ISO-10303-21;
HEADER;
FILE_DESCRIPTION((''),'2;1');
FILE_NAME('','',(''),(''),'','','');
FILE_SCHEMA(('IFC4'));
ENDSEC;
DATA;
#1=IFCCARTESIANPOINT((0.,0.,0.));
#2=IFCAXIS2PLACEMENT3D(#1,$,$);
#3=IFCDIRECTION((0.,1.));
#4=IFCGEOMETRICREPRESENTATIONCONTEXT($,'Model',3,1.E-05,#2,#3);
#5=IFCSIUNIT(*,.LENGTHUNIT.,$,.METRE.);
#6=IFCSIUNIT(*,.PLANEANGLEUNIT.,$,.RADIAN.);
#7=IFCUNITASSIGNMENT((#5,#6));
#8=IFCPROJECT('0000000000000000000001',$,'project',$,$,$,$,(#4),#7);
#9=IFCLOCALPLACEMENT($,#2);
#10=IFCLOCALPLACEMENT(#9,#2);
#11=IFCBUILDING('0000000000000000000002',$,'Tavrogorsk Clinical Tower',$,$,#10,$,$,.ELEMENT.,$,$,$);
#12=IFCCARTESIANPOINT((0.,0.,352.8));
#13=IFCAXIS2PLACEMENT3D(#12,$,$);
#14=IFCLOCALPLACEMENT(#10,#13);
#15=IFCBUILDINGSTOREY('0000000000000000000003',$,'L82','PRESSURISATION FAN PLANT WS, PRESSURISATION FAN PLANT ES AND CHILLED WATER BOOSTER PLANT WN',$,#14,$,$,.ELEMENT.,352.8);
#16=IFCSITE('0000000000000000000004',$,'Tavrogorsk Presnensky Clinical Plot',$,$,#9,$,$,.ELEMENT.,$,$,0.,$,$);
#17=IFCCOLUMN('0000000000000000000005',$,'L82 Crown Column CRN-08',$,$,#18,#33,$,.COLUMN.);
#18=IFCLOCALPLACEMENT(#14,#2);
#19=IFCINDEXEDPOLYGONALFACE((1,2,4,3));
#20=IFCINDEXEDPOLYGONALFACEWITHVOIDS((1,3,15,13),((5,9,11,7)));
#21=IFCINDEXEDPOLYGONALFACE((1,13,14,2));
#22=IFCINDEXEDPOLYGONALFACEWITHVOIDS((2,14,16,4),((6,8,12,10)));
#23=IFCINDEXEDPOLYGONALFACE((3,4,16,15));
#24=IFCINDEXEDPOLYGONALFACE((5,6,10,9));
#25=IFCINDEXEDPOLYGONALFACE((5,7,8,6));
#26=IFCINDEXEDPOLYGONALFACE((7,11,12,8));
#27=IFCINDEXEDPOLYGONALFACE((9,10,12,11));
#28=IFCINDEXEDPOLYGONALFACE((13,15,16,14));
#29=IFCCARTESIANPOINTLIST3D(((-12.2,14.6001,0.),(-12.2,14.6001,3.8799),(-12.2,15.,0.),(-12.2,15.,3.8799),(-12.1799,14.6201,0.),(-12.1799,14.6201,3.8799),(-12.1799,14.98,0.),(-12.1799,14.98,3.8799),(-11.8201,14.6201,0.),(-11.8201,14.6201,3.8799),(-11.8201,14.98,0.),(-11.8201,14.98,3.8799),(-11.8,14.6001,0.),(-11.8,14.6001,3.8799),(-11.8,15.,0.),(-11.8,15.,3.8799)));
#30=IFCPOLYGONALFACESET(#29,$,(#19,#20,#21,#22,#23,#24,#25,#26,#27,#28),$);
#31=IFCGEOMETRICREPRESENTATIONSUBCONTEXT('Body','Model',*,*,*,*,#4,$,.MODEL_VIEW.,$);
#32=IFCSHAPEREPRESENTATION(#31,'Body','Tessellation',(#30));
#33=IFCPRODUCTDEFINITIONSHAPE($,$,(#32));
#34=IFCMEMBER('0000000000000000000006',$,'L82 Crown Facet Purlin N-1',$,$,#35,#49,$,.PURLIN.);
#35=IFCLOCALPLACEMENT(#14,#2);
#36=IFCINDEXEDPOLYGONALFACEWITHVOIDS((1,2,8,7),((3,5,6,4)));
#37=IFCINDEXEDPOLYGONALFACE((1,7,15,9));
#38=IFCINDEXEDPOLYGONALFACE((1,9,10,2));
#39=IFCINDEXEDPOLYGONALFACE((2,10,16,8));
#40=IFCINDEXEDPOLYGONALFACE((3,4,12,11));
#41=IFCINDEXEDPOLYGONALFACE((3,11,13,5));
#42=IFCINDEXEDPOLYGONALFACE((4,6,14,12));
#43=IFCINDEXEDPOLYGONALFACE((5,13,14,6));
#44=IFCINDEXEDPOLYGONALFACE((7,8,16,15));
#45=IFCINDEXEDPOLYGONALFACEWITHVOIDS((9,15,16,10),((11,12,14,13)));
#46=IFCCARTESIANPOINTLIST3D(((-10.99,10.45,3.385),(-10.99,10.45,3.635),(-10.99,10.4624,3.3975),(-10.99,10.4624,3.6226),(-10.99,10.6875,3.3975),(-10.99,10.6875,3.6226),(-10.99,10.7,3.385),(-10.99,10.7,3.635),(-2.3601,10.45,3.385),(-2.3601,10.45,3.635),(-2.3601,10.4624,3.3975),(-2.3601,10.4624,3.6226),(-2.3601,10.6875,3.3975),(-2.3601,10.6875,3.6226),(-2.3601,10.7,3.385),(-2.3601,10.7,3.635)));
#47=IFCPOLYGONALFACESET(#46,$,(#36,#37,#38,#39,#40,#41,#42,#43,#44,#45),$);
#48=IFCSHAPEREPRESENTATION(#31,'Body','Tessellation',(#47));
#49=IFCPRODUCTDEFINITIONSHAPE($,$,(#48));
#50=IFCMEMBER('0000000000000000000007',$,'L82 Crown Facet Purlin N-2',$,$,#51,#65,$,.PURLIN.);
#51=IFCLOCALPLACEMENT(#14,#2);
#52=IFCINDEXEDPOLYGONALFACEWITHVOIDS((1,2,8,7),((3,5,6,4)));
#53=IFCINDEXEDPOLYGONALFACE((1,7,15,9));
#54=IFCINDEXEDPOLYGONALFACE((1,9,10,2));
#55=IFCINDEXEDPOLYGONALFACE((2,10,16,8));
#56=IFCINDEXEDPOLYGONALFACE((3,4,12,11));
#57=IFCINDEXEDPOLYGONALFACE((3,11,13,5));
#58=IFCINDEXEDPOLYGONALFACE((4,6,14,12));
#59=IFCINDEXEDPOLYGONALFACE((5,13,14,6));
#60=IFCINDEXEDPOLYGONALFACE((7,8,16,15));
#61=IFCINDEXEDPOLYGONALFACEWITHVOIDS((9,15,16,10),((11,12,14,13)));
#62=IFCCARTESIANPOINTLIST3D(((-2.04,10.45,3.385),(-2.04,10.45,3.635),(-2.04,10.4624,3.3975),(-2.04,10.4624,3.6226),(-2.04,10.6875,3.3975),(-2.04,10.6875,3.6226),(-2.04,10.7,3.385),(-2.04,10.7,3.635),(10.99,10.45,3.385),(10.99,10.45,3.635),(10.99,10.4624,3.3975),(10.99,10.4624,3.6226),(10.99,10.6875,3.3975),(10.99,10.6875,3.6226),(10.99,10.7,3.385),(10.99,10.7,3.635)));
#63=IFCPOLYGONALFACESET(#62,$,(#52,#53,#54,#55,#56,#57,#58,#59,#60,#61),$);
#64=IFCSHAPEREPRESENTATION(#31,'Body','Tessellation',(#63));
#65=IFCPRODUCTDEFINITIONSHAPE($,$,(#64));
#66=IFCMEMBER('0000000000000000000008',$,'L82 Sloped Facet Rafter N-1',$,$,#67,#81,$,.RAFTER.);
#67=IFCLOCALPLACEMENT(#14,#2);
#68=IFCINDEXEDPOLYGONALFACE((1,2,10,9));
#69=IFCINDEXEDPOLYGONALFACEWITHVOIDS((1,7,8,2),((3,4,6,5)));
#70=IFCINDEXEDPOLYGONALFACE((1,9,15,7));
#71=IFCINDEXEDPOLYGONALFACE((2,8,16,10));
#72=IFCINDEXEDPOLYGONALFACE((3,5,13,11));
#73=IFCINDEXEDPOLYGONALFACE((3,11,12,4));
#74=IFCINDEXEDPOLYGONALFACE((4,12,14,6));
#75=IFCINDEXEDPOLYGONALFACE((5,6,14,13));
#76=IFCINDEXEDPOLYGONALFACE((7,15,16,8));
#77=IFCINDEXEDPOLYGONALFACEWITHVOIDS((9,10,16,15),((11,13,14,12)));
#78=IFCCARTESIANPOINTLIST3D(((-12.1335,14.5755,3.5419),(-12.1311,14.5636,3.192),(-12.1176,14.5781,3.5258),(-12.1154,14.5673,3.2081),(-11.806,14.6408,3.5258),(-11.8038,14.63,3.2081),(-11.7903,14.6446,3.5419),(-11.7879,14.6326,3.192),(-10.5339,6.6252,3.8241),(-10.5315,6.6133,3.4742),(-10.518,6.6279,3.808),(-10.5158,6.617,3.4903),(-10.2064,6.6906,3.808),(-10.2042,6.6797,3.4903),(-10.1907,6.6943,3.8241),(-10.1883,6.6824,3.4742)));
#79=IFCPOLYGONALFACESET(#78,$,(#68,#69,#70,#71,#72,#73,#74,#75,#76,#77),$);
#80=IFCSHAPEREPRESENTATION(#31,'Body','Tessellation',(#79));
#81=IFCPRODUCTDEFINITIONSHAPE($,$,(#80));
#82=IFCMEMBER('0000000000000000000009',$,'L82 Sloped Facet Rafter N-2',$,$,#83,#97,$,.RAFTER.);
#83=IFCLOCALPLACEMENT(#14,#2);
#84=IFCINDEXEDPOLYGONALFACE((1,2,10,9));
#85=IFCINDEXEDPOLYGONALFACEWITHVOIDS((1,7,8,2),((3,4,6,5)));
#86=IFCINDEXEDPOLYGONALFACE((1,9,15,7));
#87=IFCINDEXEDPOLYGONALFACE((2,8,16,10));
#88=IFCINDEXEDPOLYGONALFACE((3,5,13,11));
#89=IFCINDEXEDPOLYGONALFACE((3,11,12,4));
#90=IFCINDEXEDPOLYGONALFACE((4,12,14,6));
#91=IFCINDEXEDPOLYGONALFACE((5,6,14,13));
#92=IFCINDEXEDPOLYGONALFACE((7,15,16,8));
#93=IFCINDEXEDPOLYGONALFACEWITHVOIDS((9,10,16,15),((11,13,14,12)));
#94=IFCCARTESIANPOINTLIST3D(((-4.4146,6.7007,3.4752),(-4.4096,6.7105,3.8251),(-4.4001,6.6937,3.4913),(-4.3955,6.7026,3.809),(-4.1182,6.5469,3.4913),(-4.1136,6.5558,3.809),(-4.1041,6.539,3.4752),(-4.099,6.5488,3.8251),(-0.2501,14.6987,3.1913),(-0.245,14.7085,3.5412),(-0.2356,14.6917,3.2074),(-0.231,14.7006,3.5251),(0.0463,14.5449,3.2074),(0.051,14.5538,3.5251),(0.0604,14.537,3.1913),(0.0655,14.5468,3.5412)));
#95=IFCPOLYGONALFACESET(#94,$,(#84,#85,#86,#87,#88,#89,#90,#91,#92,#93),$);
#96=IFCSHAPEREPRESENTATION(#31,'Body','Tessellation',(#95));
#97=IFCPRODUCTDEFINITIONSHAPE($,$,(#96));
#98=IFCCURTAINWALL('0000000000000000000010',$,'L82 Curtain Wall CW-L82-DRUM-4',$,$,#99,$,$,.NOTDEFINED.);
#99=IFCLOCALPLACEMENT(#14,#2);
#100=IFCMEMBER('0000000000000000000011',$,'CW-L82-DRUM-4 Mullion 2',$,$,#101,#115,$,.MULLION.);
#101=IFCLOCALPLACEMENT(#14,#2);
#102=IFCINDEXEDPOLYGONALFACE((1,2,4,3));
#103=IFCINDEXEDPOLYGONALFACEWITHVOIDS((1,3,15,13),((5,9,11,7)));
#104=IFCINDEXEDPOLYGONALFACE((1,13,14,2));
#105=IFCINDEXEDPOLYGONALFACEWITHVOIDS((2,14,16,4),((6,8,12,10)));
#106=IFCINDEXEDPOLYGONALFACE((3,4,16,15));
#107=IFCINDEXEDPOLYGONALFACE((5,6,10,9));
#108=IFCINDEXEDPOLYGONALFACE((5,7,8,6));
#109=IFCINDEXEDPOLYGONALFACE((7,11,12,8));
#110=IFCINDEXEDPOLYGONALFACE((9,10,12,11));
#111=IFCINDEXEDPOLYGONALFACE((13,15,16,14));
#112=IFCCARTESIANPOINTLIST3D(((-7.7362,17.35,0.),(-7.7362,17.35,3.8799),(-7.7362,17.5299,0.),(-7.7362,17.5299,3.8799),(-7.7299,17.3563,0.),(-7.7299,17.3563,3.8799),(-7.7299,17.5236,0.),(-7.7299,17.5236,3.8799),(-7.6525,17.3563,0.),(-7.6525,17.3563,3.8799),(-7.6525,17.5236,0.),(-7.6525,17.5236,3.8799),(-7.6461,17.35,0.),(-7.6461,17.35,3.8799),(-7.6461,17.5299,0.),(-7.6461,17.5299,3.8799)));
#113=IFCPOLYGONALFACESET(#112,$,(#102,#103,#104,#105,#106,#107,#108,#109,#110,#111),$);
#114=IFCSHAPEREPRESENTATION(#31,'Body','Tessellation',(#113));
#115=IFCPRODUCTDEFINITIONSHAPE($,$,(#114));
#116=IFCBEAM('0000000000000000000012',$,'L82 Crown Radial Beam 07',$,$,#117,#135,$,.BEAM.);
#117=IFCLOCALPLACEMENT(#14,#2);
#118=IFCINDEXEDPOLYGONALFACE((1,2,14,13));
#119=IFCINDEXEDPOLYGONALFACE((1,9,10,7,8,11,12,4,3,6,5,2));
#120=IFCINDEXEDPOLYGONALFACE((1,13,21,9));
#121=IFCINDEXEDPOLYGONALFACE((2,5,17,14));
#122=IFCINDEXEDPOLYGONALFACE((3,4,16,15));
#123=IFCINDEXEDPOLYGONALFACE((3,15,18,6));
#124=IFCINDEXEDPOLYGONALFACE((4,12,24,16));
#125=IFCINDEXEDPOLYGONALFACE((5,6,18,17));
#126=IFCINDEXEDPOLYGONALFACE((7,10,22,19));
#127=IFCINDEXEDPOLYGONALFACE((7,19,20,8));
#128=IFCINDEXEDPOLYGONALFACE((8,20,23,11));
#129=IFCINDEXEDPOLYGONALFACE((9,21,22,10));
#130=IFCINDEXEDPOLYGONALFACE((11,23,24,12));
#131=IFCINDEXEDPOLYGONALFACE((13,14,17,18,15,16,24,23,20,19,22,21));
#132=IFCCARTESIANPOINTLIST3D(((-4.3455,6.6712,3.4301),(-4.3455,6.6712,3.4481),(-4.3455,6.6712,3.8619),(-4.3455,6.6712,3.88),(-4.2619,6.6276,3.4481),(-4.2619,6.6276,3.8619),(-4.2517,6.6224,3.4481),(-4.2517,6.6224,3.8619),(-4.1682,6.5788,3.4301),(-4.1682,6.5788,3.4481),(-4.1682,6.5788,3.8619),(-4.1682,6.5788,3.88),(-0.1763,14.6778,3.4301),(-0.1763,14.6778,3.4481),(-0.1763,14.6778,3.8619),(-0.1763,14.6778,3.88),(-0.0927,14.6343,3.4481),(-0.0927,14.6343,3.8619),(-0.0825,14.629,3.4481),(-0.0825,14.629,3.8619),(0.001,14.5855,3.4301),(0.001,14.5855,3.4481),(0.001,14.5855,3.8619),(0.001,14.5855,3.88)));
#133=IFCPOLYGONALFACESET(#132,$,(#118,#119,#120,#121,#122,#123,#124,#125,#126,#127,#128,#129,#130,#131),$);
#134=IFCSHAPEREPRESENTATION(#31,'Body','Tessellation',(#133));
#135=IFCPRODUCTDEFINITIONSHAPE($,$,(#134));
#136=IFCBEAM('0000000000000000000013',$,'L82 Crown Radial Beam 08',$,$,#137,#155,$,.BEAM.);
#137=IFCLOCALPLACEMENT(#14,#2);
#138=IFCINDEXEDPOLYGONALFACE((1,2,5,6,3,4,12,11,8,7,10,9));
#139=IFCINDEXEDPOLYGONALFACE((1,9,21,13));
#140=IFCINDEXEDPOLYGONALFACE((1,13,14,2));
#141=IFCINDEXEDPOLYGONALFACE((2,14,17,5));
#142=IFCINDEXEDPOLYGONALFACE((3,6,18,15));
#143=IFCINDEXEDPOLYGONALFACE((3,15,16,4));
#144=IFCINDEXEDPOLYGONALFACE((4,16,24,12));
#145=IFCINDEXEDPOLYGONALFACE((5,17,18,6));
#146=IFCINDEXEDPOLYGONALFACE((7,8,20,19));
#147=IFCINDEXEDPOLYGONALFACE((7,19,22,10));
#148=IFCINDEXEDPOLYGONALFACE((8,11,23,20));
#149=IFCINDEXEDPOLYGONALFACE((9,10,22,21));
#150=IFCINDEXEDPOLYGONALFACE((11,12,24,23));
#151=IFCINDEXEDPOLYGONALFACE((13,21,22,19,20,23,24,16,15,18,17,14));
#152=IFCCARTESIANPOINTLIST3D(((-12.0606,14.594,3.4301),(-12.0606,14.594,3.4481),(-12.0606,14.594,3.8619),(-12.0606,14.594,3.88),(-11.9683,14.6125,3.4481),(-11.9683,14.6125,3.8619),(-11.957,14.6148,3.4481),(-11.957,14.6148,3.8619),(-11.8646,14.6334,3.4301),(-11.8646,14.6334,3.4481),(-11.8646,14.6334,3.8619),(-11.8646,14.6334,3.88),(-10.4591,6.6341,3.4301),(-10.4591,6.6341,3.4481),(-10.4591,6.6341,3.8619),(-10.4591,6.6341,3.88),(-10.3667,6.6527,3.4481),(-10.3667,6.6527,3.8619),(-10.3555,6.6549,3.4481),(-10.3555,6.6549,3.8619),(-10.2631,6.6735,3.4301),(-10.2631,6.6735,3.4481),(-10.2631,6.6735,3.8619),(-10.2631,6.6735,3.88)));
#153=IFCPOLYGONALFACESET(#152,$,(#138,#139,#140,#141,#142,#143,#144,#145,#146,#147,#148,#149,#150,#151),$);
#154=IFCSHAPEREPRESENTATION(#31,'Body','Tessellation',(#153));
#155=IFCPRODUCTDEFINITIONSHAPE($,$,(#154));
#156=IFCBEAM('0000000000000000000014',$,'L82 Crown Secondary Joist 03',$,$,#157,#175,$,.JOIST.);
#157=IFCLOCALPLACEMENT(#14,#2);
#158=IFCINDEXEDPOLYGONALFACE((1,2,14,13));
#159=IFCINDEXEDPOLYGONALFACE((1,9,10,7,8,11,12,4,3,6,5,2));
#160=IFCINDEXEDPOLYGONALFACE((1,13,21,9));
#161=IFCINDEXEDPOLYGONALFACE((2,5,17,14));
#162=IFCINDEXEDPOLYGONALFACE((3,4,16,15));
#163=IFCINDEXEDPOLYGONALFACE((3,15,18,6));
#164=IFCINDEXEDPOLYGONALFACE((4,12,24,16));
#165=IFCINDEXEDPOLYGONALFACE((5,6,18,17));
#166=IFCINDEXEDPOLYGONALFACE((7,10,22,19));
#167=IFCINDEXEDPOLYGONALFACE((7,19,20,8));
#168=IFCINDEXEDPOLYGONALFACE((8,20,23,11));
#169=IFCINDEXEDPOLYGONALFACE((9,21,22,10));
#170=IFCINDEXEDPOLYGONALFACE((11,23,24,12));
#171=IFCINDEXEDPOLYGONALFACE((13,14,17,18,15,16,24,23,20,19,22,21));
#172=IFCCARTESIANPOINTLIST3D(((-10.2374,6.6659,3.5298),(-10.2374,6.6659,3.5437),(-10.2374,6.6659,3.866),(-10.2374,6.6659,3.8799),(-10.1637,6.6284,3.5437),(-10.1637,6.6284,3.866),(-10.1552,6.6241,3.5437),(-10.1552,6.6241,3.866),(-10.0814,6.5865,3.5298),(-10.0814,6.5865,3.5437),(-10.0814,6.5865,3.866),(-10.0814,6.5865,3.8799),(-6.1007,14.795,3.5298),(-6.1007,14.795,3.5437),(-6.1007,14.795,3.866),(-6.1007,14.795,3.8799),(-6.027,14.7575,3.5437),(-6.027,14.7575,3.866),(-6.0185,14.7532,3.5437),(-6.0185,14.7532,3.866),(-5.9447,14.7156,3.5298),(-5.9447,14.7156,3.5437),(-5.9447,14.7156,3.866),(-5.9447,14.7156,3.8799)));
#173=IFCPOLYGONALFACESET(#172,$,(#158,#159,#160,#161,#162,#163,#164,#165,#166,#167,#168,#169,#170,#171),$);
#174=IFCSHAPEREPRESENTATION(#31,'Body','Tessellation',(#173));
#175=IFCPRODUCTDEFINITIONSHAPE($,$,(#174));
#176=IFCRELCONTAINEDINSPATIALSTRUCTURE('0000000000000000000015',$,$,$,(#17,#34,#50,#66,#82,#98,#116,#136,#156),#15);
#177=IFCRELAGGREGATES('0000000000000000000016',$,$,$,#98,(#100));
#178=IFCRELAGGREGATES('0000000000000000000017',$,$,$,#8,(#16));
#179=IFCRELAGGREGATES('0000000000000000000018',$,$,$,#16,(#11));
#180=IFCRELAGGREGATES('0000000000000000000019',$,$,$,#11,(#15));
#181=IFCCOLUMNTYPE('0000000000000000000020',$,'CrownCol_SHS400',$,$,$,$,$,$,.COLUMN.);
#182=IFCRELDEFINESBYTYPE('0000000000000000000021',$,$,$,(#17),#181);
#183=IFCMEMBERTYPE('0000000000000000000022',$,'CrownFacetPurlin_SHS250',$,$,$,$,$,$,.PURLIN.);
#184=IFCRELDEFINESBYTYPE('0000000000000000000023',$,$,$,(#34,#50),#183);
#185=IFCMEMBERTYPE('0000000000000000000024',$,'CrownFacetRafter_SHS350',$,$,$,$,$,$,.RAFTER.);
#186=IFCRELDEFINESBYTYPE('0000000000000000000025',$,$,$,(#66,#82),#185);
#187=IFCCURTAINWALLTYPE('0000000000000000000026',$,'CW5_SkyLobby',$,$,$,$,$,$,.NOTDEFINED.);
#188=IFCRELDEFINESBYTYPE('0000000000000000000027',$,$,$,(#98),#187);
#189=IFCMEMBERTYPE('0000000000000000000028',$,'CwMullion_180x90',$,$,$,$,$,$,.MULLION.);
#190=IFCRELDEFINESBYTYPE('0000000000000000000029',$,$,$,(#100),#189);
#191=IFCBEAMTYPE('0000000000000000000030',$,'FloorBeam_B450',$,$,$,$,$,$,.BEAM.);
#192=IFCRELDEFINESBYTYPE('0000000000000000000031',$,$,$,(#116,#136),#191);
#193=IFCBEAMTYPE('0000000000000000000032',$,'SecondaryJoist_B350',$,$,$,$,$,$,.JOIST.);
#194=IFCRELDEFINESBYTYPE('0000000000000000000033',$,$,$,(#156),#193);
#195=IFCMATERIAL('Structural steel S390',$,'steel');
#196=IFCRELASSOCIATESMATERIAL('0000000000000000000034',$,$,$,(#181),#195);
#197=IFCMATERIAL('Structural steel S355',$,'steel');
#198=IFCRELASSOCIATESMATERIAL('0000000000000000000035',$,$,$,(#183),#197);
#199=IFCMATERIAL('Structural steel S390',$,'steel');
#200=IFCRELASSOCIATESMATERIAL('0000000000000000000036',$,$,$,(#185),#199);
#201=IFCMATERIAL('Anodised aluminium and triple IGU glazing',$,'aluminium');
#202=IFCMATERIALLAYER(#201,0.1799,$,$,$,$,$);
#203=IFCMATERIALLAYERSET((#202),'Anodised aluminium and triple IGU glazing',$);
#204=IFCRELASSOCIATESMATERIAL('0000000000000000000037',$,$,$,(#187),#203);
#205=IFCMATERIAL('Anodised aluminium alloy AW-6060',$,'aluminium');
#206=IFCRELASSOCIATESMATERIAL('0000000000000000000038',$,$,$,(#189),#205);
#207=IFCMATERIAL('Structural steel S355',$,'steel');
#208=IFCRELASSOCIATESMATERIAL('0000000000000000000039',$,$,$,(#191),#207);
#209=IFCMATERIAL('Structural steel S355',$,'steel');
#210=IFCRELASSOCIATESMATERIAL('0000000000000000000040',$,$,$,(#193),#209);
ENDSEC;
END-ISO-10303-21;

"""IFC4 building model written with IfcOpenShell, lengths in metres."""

from ifc_helpers import new_model, si_unit, direction, frame, origin, origin_2d, place, context, subcontext, project, spatial, hollow_rectangle, i_section, extrude, material, layer, layer_set, material_profile, profile_set, type_object, element, aggregate, save


model = new_model("IFC4")

# Units and contexts
model_context = context("Model", 3, precision=1e-05, world=origin(), true_north=direction((0.0, 1.0)))
body_context = subcontext(model_context, "Body", "Model", "MODEL_VIEW")
ifc_project = project(units=[si_unit("LENGTHUNIT", "METRE"), si_unit("PLANEANGLEUNIT", "RADIAN")], contexts=[model_context])

# Site, building, storey
site_placement = place(None, origin())
site = spatial("IfcSite", under=ifc_project, at=site_placement, Name="Tavrogorsk Presnensky Clinical Plot", CompositionType="ELEMENT", RefElevation=0.0)
building_placement = place(site_placement, origin())
building = spatial("IfcBuilding", under=site, at=building_placement, Name="Tavrogorsk Clinical Tower", CompositionType="ELEMENT")
storey_placement = place(building_placement, frame((0.0, 0.0, 352.8)))
storey = spatial("IfcBuildingStorey", under=building, at=storey_placement, Name="L82", Description="PRESSURISATION FAN PLANT WS, PRESSURISATION FAN PLANT ES AND CHILLED WATER BOOSTER PLANT WN", CompositionType="ELEMENT", Elevation=352.8)

# Column
ifc_material_1 = material(Name="Structural steel S390", Category="steel")
ifc_material_profile_1 = material_profile(ifc_material_1, hollow_rectangle(XDim=0.3999, YDim=0.3999, WallThickness=0.02, at=origin_2d()), Name="SHS-400x400x20")
ifc_profile_set_1 = profile_set([ifc_material_profile_1], Name="Structural steel S390")
column_type = type_object("IfcColumnType", Name="CrownCol_SHS400", PredefinedType="COLUMN", material=ifc_profile_set_1)
column_placement = place(storey_placement, frame((-12.0, 14.8, 0.0), z_axis=(0.0, 0.0, 1.0), x_axis=(1.0, 0.0, 0.0)))
element("IfcColumn", 1, at=column_placement, inside=storey, type_object=column_type, Name="L82 Crown Column CRN-08", PredefinedType="COLUMN", context=body_context, shape_type="SweptSolid", body=[
    extrude(hollow_rectangle(XDim=0.3999, YDim=0.3999, WallThickness=0.02, at=origin_2d()), origin(), (0.0, 0.0, 1.0), 3.8799),
])

# Members
ifc_material_2 = material(Name="Structural steel S355", Category="steel")
ifc_material_profile_2 = material_profile(ifc_material_2, hollow_rectangle(XDim=0.25, YDim=0.25, WallThickness=0.0125, at=origin_2d()), Name="SHS-250x250x12.5")
ifc_profile_set_2 = profile_set([ifc_material_profile_2], Name="Structural steel S355")
member_type_1 = type_object("IfcMemberType", Name="CrownFacetPurlin_SHS250", PredefinedType="PURLIN", material=ifc_profile_set_2)
member_1_placement = place(storey_placement, frame((-10.99, 10.575, 3.51), z_axis=(1.0, 0.0, 0.0), x_axis=(0.0, 1.0, 0.0)))
element("IfcMember", 2, at=member_1_placement, inside=storey, type_object=member_type_1, Name="L82 Crown Facet Purlin N-1", PredefinedType="PURLIN", context=body_context, shape_type="SweptSolid", body=[
    extrude(hollow_rectangle(XDim=0.25, YDim=0.25, WallThickness=0.0125, at=origin_2d()), origin(), (0.0, 0.0, 1.0), 8.6299),
])
member_2_placement = place(storey_placement, frame((-2.04, 10.575, 3.51), z_axis=(1.0, 0.0, 0.0), x_axis=(0.0, 1.0, 0.0)))
element("IfcMember", 3, at=member_2_placement, inside=storey, type_object=member_type_1, Name="L82 Crown Facet Purlin N-2", PredefinedType="PURLIN", context=body_context, shape_type="SweptSolid", body=[
    extrude(hollow_rectangle(XDim=0.25, YDim=0.25, WallThickness=0.0125, at=origin_2d()), origin(), (0.0, 0.0, 1.0), 13.03),
])
ifc_material_3 = material(Name="Structural steel S390", Category="steel")
ifc_material_profile_3 = material_profile(ifc_material_3, hollow_rectangle(XDim=0.3501, YDim=0.3501, WallThickness=0.0161, at=origin_2d()), Name="SHS-350x350x16")
ifc_profile_set_3 = profile_set([ifc_material_profile_3], Name="Structural steel S390")
member_type_2 = type_object("IfcMemberType", Name="CrownFacetRafter_SHS350", PredefinedType="RAFTER", material=ifc_profile_set_3)
member_3_placement = place(storey_placement, frame((-10.3611, 6.6538, 3.6492), z_axis=(-0.197131, 0.97976, -0.034781), x_axis=(-0.980353, -0.197251, 0.0)))
element("IfcMember", 4, at=member_3_placement, inside=storey, type_object=member_type_2, Name="L82 Sloped Facet Rafter N-1", PredefinedType="RAFTER", context=body_context, shape_type="SweptSolid", body=[
    extrude(hollow_rectangle(XDim=0.3501, YDim=0.3501, WallThickness=0.0161, at=origin_2d()), origin(), (0.0, 0.0, 1.0), 8.1145),
])
member_4_placement = place(storey_placement, frame((-4.2568, 6.6248, 3.6501), z_axis=(0.46161, 0.886525, -0.031472), x_axis=(-0.886964, 0.461839, 0.0)))
element("IfcMember", 5, at=member_4_placement, inside=storey, type_object=member_type_2, Name="L82 Sloped Facet Rafter N-2", PredefinedType="RAFTER", context=body_context, shape_type="SweptSolid", body=[
    extrude(hollow_rectangle(XDim=0.3501, YDim=0.3501, WallThickness=0.0161, at=origin_2d()), origin(), (0.0, 0.0, 1.0), 9.0217),
])

# Curtain wall, member
ifc_material_4 = material(Name="Anodised aluminium and triple IGU glazing", Category="aluminium")
ifc_layer_1 = layer(ifc_material_4, 0.1799)
ifc_layer_set_1 = layer_set([ifc_layer_1], Name="Anodised aluminium and triple IGU glazing")
curtain_wall_type = type_object("IfcCurtainWallType", Name="CW5_SkyLobby", PredefinedType="NOTDEFINED", material=ifc_layer_set_1)
curtain_wall_placement = place(storey_placement, origin())
curtain_wall = element("IfcCurtainWall", 6, at=curtain_wall_placement, inside=storey, type_object=curtain_wall_type, Name="L82 Curtain Wall CW-L82-DRUM-4", PredefinedType="NOTDEFINED")
ifc_material_5 = material(Name="Anodised aluminium alloy AW-6060", Category="aluminium")
ifc_material_profile_4 = material_profile(ifc_material_5, hollow_rectangle(XDim=0.0901, YDim=0.1799, WallThickness=0.0063, at=origin_2d()), Name="RHS-180x90x6.3")
ifc_profile_set_4 = profile_set([ifc_material_profile_4], Name="Anodised aluminium alloy AW-6060")
member_type_3 = type_object("IfcMemberType", Name="CwMullion_180x90", PredefinedType="MULLION", material=ifc_profile_set_4)
member_5_placement = place(storey_placement, frame((-7.6912, 17.4399, 0.0), z_axis=(0.0, 0.0, 1.0), x_axis=(1.0, 0.0, 0.0)))
member_5 = element("IfcMember", 7, at=member_5_placement, type_object=member_type_3, Name="CW-L82-DRUM-4 Mullion 2", PredefinedType="MULLION", context=body_context, shape_type="SweptSolid", body=[
    extrude(hollow_rectangle(XDim=0.0901, YDim=0.1799, WallThickness=0.0063, at=origin_2d()), origin(), (0.0, 0.0, 1.0), 3.8799),
])

# Beams
ifc_material_6 = material(Name="Structural steel S355", Category="steel")
ifc_material_profile_5 = material_profile(ifc_material_6, i_section(OverallWidth=0.2, OverallDepth=0.45, WebThickness=0.0115, FlangeThickness=0.0181, at=origin_2d()), Name="B-450x200x11.5x18")
ifc_profile_set_5 = profile_set([ifc_material_profile_5], Name="Structural steel S355")
beam_type_1 = type_object("IfcBeamType", Name="FloorBeam_B450", PredefinedType="BEAM", material=ifc_profile_set_5)
beam_1_placement = place(storey_placement, frame((-4.2568, 6.625, 3.655), z_axis=(0.461855, 0.886955, 0.0), x_axis=(-0.886955, 0.461855, 0.0)))
element("IfcBeam", 8, at=beam_1_placement, inside=storey, type_object=beam_type_1, Name="L82 Crown Radial Beam 07", PredefinedType="BEAM", context=body_context, shape_type="SweptSolid", body=[
    extrude(i_section(OverallWidth=0.2, OverallDepth=0.45, WebThickness=0.0115, FlangeThickness=0.0181, at=origin_2d()), origin(), (0.0, 0.0, 1.0), 9.0271),
])
beam_2_placement = place(storey_placement, frame((-10.3611, 6.6538, 3.655), z_axis=(-0.197249, 0.980353, 0.0), x_axis=(-0.980353, -0.197249, 0.0)))
element("IfcBeam", 9, at=beam_2_placement, inside=storey, type_object=beam_type_1, Name="L82 Crown Radial Beam 08", PredefinedType="BEAM", context=body_context, shape_type="SweptSolid", body=[
    extrude(i_section(OverallWidth=0.2, OverallDepth=0.45, WebThickness=0.0115, FlangeThickness=0.0181, at=origin_2d()), origin(), (0.0, 0.0, 1.0), 8.1194),
])
ifc_material_7 = material(Name="Structural steel S355", Category="steel")
ifc_material_profile_6 = material_profile(ifc_material_7, i_section(OverallWidth=0.175, OverallDepth=0.3501, WebThickness=0.0095, FlangeThickness=0.0139, at=origin_2d()), Name="B-350x175x9.5x14")
ifc_profile_set_6 = profile_set([ifc_material_profile_6], Name="Structural steel S355")
beam_type_2 = type_object("IfcBeamType", Name="SecondaryJoist_B350", PredefinedType="JOIST", material=ifc_profile_set_6)
beam_3_placement = place(storey_placement, frame((-10.1594, 6.6262, 3.7048), z_axis=(0.45353, 0.891241, 0.0), x_axis=(-0.891241, 0.45353, 0.0)))
element("IfcBeam", 10, at=beam_3_placement, inside=storey, type_object=beam_type_2, Name="L82 Crown Secondary Joist 03", PredefinedType="JOIST", context=body_context, shape_type="SweptSolid", body=[
    extrude(i_section(OverallWidth=0.175, OverallDepth=0.3501, WebThickness=0.0095, FlangeThickness=0.0139, at=origin_2d()), origin(), (0.0, 0.0, 1.0), 9.1211),
])

aggregate(curtain_wall, [member_5])

save(model, "model.ifc")
